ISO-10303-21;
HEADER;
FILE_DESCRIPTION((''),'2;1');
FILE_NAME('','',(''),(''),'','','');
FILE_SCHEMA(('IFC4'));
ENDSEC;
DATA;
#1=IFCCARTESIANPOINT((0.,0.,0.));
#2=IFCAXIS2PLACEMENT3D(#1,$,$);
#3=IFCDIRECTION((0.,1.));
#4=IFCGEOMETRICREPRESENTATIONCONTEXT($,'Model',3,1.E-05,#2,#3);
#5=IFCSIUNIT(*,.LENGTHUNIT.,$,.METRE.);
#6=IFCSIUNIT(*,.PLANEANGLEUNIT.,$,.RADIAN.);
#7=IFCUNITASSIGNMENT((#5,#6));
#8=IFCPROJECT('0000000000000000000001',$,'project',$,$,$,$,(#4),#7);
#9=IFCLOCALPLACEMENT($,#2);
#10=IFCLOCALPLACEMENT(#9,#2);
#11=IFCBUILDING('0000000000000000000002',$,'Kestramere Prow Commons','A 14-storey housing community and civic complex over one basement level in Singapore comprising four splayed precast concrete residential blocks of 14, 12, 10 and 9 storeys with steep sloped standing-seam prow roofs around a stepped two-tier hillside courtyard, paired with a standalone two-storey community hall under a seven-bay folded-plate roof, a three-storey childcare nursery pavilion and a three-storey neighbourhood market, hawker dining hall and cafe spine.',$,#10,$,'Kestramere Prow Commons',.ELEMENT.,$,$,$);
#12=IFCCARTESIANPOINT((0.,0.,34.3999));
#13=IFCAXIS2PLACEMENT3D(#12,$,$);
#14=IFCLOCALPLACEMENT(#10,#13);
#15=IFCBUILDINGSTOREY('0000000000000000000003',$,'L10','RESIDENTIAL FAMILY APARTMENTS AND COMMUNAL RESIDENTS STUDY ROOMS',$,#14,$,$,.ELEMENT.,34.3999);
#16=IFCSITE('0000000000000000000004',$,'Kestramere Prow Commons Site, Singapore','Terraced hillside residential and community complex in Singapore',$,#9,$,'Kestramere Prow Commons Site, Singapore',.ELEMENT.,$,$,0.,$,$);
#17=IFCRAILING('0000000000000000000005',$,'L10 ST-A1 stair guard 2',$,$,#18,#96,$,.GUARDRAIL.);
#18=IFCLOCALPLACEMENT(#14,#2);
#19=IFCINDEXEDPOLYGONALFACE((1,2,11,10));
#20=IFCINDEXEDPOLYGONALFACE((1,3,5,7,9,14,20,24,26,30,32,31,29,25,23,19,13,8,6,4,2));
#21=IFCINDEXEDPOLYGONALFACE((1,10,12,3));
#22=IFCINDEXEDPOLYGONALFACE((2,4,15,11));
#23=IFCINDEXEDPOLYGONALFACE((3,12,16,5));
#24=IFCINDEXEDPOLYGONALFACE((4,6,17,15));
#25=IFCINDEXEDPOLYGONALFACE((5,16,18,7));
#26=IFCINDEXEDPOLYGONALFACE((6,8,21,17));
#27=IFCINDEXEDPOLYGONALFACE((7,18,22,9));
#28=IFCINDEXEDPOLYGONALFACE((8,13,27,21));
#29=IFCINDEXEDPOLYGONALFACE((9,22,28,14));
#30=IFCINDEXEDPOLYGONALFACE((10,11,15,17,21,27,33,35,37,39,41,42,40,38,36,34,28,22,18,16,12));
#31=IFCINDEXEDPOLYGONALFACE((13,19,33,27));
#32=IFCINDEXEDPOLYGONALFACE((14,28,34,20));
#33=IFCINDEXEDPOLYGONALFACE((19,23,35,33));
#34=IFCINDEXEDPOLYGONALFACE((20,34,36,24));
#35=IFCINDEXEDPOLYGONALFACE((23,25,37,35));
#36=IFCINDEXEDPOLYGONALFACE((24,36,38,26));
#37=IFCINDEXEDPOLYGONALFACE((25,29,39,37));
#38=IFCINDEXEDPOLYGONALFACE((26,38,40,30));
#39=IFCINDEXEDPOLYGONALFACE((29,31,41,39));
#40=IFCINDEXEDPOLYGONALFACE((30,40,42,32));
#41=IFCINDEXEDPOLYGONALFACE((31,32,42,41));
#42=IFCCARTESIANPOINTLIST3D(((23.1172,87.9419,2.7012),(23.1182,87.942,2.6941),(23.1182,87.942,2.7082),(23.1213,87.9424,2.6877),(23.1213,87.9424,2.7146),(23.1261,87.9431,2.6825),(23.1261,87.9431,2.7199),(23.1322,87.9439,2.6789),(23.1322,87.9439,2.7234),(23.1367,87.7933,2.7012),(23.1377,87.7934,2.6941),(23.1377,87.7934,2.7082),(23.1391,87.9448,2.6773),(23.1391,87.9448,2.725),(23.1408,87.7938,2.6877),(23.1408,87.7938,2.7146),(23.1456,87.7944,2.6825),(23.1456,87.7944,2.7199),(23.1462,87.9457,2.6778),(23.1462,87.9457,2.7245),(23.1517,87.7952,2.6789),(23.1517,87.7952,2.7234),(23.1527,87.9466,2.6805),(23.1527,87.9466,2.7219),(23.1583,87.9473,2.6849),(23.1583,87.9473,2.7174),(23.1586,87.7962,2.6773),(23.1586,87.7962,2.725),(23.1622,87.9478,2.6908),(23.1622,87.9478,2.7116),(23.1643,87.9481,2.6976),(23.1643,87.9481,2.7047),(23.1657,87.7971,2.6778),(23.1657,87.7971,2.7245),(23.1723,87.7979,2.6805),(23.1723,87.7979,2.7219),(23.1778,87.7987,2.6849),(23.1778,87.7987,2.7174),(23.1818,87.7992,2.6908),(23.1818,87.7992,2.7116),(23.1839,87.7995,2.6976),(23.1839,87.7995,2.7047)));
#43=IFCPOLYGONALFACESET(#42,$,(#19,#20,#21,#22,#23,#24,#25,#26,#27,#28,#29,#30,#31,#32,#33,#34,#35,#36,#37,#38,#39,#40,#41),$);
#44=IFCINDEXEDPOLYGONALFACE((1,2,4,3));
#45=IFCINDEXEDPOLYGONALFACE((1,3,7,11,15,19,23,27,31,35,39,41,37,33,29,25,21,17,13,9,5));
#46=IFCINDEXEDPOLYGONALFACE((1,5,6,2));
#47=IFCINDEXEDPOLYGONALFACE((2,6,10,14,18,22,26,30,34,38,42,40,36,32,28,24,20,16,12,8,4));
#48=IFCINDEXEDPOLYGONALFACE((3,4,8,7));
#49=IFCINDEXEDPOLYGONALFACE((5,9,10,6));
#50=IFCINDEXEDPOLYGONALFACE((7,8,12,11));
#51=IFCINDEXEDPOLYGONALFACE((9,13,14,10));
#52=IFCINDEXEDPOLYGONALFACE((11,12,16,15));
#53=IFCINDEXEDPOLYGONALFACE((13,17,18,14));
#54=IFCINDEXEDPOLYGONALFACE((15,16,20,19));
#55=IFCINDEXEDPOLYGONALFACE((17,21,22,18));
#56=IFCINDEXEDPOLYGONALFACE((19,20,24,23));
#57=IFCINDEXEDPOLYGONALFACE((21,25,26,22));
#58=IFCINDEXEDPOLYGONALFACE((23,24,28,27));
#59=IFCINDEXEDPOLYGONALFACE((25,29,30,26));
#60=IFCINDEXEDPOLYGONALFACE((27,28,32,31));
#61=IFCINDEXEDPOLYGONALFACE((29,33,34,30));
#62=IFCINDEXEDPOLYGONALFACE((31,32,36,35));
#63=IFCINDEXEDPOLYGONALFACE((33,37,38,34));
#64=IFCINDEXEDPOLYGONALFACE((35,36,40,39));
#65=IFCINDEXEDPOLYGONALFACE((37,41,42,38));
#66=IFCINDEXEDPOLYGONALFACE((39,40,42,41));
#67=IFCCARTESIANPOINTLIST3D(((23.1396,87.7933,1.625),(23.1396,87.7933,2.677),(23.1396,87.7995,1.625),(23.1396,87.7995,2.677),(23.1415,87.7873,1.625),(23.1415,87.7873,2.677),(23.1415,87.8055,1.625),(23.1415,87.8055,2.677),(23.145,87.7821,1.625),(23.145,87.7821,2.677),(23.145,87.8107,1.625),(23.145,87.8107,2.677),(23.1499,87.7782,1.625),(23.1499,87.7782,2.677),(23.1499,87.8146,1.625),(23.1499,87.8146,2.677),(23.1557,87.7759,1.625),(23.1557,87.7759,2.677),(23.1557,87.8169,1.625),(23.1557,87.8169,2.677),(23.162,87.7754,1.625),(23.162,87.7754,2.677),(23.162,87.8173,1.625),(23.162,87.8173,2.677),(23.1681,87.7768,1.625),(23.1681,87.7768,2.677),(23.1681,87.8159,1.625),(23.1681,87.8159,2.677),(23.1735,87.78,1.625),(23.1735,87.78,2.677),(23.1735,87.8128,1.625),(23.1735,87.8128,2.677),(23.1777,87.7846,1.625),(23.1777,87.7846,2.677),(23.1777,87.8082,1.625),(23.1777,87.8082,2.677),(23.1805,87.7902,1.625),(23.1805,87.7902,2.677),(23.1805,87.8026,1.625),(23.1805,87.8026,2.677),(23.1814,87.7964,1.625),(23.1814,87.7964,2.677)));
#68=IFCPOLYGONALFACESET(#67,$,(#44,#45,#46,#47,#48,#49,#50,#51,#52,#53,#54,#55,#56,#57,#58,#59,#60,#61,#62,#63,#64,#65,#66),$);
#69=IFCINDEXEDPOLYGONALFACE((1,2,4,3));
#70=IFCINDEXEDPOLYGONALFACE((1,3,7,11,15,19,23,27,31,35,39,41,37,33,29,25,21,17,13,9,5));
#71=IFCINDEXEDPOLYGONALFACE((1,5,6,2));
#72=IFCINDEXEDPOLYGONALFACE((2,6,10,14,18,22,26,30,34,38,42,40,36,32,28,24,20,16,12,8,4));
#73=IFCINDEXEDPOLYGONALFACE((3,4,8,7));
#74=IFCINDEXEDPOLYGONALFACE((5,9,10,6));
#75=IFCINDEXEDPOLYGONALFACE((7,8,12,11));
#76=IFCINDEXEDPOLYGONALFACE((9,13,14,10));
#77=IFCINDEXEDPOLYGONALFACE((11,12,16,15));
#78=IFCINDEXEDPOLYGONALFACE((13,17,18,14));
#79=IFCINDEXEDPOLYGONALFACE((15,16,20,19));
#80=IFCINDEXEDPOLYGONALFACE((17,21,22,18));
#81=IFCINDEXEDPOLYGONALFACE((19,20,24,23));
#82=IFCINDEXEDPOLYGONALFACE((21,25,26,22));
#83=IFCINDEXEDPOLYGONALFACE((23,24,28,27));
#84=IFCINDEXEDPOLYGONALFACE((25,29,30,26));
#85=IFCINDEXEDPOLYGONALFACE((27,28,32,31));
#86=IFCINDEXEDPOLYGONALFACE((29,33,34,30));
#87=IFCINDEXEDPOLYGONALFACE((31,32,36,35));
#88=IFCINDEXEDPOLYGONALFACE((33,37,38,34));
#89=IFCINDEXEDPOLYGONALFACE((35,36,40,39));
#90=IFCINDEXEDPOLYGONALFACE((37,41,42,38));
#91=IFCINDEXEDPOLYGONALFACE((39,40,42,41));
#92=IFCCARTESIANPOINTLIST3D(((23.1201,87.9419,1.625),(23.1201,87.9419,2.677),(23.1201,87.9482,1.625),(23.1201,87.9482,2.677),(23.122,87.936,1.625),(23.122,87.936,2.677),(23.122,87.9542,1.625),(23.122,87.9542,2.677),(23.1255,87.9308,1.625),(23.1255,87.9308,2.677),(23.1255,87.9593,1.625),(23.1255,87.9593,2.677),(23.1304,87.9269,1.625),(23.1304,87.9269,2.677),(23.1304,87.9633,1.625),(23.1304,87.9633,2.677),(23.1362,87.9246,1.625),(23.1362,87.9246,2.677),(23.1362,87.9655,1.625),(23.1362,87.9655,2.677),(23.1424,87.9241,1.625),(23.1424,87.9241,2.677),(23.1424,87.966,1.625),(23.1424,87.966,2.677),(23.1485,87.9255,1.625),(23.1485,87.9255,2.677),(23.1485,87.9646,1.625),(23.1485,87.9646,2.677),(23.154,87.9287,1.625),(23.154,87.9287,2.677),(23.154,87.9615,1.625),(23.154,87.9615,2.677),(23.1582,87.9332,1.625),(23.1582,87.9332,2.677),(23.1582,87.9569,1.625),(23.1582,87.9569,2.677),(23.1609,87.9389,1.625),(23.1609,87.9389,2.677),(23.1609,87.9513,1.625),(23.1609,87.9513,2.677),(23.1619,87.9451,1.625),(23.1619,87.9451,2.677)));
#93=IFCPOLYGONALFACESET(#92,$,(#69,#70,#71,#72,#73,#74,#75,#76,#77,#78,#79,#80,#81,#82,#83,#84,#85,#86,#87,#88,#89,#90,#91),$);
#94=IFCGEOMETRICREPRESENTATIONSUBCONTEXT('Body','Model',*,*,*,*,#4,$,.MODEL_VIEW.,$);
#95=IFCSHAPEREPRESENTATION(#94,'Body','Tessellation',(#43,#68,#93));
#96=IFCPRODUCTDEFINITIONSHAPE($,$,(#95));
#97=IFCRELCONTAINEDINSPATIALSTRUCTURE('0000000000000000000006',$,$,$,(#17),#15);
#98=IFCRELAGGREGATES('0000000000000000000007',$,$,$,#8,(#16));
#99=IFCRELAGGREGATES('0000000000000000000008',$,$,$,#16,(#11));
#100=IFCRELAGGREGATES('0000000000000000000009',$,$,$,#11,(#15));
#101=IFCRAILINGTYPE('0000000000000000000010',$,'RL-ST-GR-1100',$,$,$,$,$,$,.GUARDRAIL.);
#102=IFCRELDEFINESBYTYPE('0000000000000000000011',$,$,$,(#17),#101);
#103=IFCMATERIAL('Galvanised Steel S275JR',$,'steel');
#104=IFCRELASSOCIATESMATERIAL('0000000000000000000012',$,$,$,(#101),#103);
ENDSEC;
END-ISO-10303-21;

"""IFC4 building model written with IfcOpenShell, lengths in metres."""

from ifc_helpers import new_model, si_unit, direction, frame, origin, origin_2d, place, context, subcontext, project, spatial, circle, extrude, material, type_object, element, save


model = new_model("IFC4")

# Units and contexts
model_context = context("Model", 3, precision=1e-05, world=origin(), true_north=direction((0.0, 1.0)))
body_context = subcontext(model_context, "Body", "Model", "MODEL_VIEW")
ifc_project = project(units=[si_unit("LENGTHUNIT", "METRE"), si_unit("PLANEANGLEUNIT", "RADIAN")], contexts=[model_context])

# Site, building, storey
site_placement = place(None, origin())
site = spatial("IfcSite", under=ifc_project, at=site_placement, Name="Kestramere Prow Commons Site, Singapore", Description="Terraced hillside residential and community complex in Singapore", LongName="Kestramere Prow Commons Site, Singapore", CompositionType="ELEMENT", RefElevation=0.0)
building_placement = place(site_placement, origin())
building = spatial("IfcBuilding", under=site, at=building_placement, Name="Kestramere Prow Commons", Description="A 14-storey housing community and civic complex over one basement level in Singapore comprising four splayed precast concrete residential blocks of 14, 12, 10 and 9 storeys with steep sloped standing-seam prow roofs around a stepped two-tier hillside courtyard, paired with a standalone two-storey community hall under a seven-bay folded-plate roof, a three-storey childcare nursery pavilion and a three-storey neighbourhood market, hawker dining hall and cafe spine.", LongName="Kestramere Prow Commons", CompositionType="ELEMENT")
storey_placement = place(building_placement, frame((0.0, 0.0, 34.3999)))
storey = spatial("IfcBuildingStorey", under=building, at=storey_placement, Name="L10", Description="RESIDENTIAL FAMILY APARTMENTS AND COMMUNAL RESIDENTS STUDY ROOMS", CompositionType="ELEMENT", Elevation=34.3999)

# Railing
ifc_material_1 = material(Name="Galvanised Steel S275JR", Category="steel")
railing_type_1 = type_object("IfcRailingType", Name="RL-ST-GR-1100", PredefinedType="GUARDRAIL", material=ifc_material_1)
railing_1_placement = place(storey_placement, frame((23.1604, 87.7964, 1.625)))
element("IfcRailing", 1, at=railing_1_placement, inside=storey, type_object=railing_type_1, Name="L10 ST-A1 stair guard 2", PredefinedType="GUARDRAIL", context=body_context, shape_type="SweptSolid", body=[
    extrude(circle(Radius=0.0239, at=origin_2d()), frame((0.0, 0.0, 1.0762), z_axis=(-0.130244, 0.991482, 0.0), x_axis=(-0.991482, -0.130244, 0.0)), (0.0, 0.0, 1.0), 0.1499),
    extrude(circle(Radius=0.021, at=origin_2d()), origin(), (0.0, 0.0, 1.0), 1.052),
    extrude(circle(Radius=0.021, at=origin_2d()), frame((-0.0195, 0.1487, 0.0)), (0.0, 0.0, 1.0), 1.052),
])

save(model, "model.ifc")
